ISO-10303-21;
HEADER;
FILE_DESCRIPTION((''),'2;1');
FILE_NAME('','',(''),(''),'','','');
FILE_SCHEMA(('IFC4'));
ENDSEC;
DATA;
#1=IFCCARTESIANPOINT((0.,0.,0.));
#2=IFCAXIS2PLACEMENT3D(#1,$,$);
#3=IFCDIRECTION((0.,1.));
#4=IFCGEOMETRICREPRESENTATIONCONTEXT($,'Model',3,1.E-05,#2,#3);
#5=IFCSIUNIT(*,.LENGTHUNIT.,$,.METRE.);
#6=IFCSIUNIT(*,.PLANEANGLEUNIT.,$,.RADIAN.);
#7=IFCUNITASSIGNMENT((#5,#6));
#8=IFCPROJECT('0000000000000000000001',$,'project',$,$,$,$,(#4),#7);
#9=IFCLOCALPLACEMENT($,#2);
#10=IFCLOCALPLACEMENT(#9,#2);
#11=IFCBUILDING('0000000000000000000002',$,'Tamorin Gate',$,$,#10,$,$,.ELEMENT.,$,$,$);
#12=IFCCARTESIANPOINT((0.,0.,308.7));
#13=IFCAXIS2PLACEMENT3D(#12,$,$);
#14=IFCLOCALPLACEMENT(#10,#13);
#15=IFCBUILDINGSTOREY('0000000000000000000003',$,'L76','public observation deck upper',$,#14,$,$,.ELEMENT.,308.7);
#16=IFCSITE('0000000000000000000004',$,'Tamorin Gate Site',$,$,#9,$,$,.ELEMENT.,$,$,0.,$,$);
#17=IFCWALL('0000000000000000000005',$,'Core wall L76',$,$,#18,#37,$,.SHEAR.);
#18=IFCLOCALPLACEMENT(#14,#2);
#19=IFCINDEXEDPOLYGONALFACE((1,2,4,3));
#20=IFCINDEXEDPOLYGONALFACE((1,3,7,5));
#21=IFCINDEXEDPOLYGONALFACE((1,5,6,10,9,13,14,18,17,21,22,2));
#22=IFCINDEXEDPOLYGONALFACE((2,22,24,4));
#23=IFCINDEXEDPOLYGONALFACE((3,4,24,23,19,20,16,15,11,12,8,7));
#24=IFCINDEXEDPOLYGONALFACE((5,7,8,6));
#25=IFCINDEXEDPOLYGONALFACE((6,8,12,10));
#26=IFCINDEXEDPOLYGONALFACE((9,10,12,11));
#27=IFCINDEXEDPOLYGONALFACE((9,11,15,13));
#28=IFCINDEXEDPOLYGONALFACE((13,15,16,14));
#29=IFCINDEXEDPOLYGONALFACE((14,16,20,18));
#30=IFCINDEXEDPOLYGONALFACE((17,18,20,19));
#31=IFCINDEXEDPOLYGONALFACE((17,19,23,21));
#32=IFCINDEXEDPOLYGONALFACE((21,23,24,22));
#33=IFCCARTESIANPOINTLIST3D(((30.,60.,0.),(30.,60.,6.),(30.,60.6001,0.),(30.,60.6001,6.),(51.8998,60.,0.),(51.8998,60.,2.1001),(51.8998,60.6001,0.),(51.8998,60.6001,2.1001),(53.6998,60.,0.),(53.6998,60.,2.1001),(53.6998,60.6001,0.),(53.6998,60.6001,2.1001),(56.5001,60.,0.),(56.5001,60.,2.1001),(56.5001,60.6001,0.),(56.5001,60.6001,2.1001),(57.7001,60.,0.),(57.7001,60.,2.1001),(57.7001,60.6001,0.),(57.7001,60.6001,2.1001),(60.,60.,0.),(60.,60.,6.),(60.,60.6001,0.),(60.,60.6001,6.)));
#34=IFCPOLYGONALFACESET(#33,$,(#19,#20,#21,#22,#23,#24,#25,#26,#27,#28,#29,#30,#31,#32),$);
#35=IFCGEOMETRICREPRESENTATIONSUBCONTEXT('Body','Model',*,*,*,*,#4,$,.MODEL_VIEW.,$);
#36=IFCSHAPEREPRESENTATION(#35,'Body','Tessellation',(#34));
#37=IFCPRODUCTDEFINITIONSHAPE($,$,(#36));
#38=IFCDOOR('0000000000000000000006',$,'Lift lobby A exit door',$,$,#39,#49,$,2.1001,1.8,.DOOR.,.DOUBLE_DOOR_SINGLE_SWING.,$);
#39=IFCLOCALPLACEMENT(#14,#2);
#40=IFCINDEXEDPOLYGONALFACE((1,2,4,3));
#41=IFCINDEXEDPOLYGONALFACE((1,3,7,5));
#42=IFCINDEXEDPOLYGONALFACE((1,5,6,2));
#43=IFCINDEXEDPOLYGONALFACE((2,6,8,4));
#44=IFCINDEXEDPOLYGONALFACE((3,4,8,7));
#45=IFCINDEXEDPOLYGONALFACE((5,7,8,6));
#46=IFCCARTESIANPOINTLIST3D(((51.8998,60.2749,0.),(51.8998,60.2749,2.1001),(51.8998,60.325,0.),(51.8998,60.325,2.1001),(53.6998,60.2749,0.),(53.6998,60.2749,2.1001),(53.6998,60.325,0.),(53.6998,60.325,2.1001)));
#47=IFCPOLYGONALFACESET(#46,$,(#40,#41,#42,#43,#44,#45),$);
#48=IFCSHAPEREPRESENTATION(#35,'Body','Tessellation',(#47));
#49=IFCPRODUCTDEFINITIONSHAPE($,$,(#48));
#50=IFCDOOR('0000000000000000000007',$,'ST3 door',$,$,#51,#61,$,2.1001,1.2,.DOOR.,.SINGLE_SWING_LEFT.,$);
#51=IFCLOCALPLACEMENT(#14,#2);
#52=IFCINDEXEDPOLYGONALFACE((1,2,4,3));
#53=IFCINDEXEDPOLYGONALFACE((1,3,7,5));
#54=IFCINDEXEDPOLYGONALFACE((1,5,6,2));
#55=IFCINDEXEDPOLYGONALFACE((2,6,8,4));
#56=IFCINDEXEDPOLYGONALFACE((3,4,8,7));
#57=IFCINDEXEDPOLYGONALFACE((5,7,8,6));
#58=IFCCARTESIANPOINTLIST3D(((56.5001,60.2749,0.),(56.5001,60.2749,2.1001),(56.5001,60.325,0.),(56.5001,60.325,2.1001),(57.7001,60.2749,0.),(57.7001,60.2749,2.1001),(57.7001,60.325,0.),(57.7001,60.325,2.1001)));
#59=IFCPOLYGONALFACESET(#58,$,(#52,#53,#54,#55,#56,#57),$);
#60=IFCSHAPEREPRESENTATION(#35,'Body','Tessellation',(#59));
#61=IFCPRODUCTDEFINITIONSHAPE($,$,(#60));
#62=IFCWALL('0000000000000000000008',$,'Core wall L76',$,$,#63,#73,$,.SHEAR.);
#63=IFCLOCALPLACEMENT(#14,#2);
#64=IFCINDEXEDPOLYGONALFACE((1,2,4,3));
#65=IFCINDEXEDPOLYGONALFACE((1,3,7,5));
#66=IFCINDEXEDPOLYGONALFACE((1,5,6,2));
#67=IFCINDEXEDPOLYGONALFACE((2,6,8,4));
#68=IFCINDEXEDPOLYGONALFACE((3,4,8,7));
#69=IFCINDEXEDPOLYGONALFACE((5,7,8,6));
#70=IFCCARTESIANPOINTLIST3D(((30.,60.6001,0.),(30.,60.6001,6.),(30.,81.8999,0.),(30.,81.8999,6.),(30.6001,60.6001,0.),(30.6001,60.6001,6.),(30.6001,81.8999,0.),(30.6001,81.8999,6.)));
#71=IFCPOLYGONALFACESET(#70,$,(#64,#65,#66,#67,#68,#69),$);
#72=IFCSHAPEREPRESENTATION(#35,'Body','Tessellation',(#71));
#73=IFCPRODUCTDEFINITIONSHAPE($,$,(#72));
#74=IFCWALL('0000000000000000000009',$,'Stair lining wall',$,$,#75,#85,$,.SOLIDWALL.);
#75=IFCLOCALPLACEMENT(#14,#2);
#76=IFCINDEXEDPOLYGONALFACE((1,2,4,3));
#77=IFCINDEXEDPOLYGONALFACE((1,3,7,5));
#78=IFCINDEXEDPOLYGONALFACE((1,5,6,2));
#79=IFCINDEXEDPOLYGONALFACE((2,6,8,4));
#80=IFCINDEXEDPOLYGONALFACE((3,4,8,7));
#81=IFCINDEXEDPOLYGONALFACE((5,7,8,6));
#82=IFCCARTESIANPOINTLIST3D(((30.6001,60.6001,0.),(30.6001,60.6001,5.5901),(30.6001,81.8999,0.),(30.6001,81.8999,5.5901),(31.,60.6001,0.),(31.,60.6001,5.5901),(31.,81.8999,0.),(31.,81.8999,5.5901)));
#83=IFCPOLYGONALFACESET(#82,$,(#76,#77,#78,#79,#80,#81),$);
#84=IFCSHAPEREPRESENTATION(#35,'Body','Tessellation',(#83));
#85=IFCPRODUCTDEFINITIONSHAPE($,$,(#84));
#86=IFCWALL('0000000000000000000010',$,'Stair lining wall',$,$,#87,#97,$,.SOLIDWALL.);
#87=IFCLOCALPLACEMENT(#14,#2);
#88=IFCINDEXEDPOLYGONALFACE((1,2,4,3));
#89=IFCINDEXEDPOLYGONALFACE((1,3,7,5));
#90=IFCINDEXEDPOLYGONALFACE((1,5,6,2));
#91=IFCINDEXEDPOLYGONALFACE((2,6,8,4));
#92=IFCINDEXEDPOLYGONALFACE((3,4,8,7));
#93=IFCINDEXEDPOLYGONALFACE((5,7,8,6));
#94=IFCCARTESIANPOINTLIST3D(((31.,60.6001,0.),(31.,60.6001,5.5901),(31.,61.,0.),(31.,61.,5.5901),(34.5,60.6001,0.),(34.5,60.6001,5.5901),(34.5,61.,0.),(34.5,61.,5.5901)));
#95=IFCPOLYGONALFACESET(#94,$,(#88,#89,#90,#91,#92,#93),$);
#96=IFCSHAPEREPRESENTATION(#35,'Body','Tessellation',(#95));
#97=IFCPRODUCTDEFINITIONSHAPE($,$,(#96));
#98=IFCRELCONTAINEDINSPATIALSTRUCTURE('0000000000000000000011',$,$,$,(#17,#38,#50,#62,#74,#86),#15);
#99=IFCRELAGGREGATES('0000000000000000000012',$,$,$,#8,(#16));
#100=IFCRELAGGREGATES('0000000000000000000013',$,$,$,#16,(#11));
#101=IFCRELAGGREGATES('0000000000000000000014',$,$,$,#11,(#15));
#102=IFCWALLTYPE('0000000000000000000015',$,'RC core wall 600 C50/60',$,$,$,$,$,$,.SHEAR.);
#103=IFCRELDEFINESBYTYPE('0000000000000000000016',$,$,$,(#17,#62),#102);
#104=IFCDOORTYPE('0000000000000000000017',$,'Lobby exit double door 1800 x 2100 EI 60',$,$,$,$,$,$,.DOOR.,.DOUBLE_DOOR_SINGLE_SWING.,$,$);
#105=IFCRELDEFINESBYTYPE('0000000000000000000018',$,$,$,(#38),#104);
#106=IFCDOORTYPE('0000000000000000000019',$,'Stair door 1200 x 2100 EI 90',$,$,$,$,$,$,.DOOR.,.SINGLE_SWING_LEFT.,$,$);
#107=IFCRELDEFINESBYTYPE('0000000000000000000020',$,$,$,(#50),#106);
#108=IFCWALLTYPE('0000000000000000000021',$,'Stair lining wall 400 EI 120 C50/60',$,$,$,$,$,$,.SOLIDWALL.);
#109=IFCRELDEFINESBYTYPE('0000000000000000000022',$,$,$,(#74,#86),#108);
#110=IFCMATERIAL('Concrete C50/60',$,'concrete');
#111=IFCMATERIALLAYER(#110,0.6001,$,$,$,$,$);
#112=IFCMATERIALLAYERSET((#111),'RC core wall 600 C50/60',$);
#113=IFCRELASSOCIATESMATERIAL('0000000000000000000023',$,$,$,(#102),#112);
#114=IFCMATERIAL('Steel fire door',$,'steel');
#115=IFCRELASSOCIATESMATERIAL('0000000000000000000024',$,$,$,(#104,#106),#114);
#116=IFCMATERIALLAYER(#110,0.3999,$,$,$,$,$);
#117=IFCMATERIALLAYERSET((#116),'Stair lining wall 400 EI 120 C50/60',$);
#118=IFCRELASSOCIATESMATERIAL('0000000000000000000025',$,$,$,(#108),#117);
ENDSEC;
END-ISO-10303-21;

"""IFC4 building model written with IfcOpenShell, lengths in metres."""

from ifc_helpers import new_model, si_unit, direction, frame, frame_2d, origin, place, context, subcontext, project, spatial, rectangle, extrude, material, layer, layer_set, type_object, element, fill, save


model = new_model("IFC4")

# Units and contexts
model_context = context("Model", 3, precision=1e-05, world=origin(), true_north=direction((0.0, 1.0)))
body_context = subcontext(model_context, "Body", "Model", "MODEL_VIEW")
ifc_project = project(units=[si_unit("LENGTHUNIT", "METRE"), si_unit("PLANEANGLEUNIT", "RADIAN")], contexts=[model_context])

# Site, building, storey
site_placement = place(None, origin())
site = spatial("IfcSite", under=ifc_project, at=site_placement, Name="Tamorin Gate Site", CompositionType="ELEMENT", RefElevation=0.0)
building_placement = place(site_placement, origin())
building = spatial("IfcBuilding", under=site, at=building_placement, Name="Tamorin Gate", CompositionType="ELEMENT")
storey_placement = place(building_placement, frame((0.0, 0.0, 308.7)))
storey = spatial("IfcBuildingStorey", under=building, at=storey_placement, Name="L76", Description="public observation deck upper", CompositionType="ELEMENT", Elevation=308.7)

# Shared definitions
ifc_material_1 = material(Name="Concrete C50/60", Category="concrete")

# Wall, openings, doors
ifc_layer_1 = layer(ifc_material_1, 0.6001)
ifc_layer_set_1 = layer_set([ifc_layer_1], Name="RC core wall 600 C50/60")
wall_type_1 = type_object("IfcWallType", Name="RC core wall 600 C50/60", PredefinedType="SHEAR", material=ifc_layer_set_1)
wall_1_placement = place(storey_placement, frame((30.0, 60.3, 0.0), z_axis=(0.0, 0.0, 1.0), x_axis=(1.0, 0.0, 0.0)))
wall_1 = element("IfcWall", 1, at=wall_1_placement, inside=storey, type_object=wall_type_1, Name="Core wall L76", PredefinedType="SHEAR", context=body_context, shape_type="SweptSolid", body=[
    extrude(rectangle(XDim=30.0, YDim=0.6001, at=frame_2d((15.0, 0.0))), origin(), (0.0, 0.0, 1.0), 6.0),
])
opening_1_placement = place(wall_1_placement, frame((21.8999, 0.0, 0.0)))
opening_1 = element("IfcOpeningElement", 2, at=opening_1_placement, cuts=wall_1, PredefinedType="OPENING", context=body_context, shape_type="SweptSolid", body=[
    extrude(rectangle(XDim=1.8, YDim=2.1001, at=frame_2d((0.8999, 1.05))), frame((0.0, 0.3101, 0.0), z_axis=(0.0, -1.0, 0.0), x_axis=(1.0, 0.0, 0.0)), (0.0, 0.0, 1.0), 0.6201),
])
opening_2_placement = place(wall_1_placement, frame((26.5, 0.0, 0.0)))
opening_2 = element("IfcOpeningElement", 3, at=opening_2_placement, cuts=wall_1, PredefinedType="OPENING", context=body_context, shape_type="SweptSolid", body=[
    extrude(rectangle(XDim=1.2, YDim=2.1001, at=frame_2d((0.6001, 1.05))), frame((0.0, 0.3101, 0.0), z_axis=(0.0, -1.0, 0.0), x_axis=(1.0, 0.0, 0.0)), (0.0, 0.0, 1.0), 0.6201),
])
ifc_material_2 = material(Name="Steel fire door", Category="steel")
door_type_1 = type_object("IfcDoorType", Name="Lobby exit double door 1800 x 2100 EI 60", OperationType="DOUBLE_DOOR_SINGLE_SWING", PredefinedType="DOOR", material=ifc_material_2)
door_1_placement = place(opening_1_placement, origin())
door_1 = element("IfcDoor", 4, at=door_1_placement, inside=storey, type_object=door_type_1, Name="Lift lobby A exit door", OperationType="DOUBLE_DOOR_SINGLE_SWING", OverallHeight=2.1001, OverallWidth=1.8, PredefinedType="DOOR", context=body_context, shape_type="SweptSolid", body=[
    extrude(rectangle(XDim=1.8, YDim=2.1001, at=frame_2d((0.8999, 1.05))), frame((0.0, 0.0249, 0.0), z_axis=(0.0, -1.0, 0.0), x_axis=(1.0, 0.0, 0.0)), (0.0, 0.0, 1.0), 0.05),
])
fill(opening_1, door_1)
door_type_2 = type_object("IfcDoorType", Name="Stair door 1200 x 2100 EI 90", OperationType="SINGLE_SWING_LEFT", PredefinedType="DOOR", material=ifc_material_2)
door_2_placement = place(opening_2_placement, origin())
door_2 = element("IfcDoor", 5, at=door_2_placement, inside=storey, type_object=door_type_2, Name="ST3 door", OperationType="SINGLE_SWING_LEFT", OverallHeight=2.1001, OverallWidth=1.2, PredefinedType="DOOR", context=body_context, shape_type="SweptSolid", body=[
    extrude(rectangle(XDim=1.2, YDim=2.1001, at=frame_2d((0.6001, 1.05))), frame((0.0, 0.0249, 0.0), z_axis=(0.0, -1.0, 0.0), x_axis=(1.0, 0.0, 0.0)), (0.0, 0.0, 1.0), 0.05),
])
fill(opening_2, door_2)

# Walls
wall_2_placement = place(storey_placement, frame((30.3, 60.6001, 0.0), z_axis=(0.0, 0.0, 1.0), x_axis=(0.0, 1.0, 0.0)))
element("IfcWall", 6, at=wall_2_placement, inside=storey, type_object=wall_type_1, Name="Core wall L76", PredefinedType="SHEAR", context=body_context, shape_type="SweptSolid", body=[
    extrude(rectangle(XDim=21.2998, YDim=0.6001, at=frame_2d((10.6499, 0.0))), origin(), (0.0, 0.0, 1.0), 6.0),
])
ifc_layer_2 = layer(ifc_material_1, 0.3999)
ifc_layer_set_2 = layer_set([ifc_layer_2], Name="Stair lining wall 400 EI 120 C50/60")
wall_type_2 = type_object("IfcWallType", Name="Stair lining wall 400 EI 120 C50/60", PredefinedType="SOLIDWALL", material=ifc_layer_set_2)
wall_3_placement = place(storey_placement, frame((30.8, 60.6001, 0.0), z_axis=(0.0, 0.0, 1.0), x_axis=(0.0, 1.0, 0.0)))
element("IfcWall", 7, at=wall_3_placement, inside=storey, type_object=wall_type_2, Name="Stair lining wall", PredefinedType="SOLIDWALL", context=body_context, shape_type="SweptSolid", body=[
    extrude(rectangle(XDim=21.2998, YDim=0.3999, at=frame_2d((10.6499, 0.0))), origin(), (0.0, 0.0, 1.0), 5.5901),
])
wall_4_placement = place(storey_placement, frame((31.0, 60.8, 0.0), z_axis=(0.0, 0.0, 1.0), x_axis=(1.0, 0.0, 0.0)))
element("IfcWall", 8, at=wall_4_placement, inside=storey, type_object=wall_type_2, Name="Stair lining wall", PredefinedType="SOLIDWALL", context=body_context, shape_type="SweptSolid", body=[
    extrude(rectangle(XDim=3.5, YDim=0.3999, at=frame_2d((1.75, 0.0))), origin(), (0.0, 0.0, 1.0), 5.5901),
])

save(model, "model.ifc")
